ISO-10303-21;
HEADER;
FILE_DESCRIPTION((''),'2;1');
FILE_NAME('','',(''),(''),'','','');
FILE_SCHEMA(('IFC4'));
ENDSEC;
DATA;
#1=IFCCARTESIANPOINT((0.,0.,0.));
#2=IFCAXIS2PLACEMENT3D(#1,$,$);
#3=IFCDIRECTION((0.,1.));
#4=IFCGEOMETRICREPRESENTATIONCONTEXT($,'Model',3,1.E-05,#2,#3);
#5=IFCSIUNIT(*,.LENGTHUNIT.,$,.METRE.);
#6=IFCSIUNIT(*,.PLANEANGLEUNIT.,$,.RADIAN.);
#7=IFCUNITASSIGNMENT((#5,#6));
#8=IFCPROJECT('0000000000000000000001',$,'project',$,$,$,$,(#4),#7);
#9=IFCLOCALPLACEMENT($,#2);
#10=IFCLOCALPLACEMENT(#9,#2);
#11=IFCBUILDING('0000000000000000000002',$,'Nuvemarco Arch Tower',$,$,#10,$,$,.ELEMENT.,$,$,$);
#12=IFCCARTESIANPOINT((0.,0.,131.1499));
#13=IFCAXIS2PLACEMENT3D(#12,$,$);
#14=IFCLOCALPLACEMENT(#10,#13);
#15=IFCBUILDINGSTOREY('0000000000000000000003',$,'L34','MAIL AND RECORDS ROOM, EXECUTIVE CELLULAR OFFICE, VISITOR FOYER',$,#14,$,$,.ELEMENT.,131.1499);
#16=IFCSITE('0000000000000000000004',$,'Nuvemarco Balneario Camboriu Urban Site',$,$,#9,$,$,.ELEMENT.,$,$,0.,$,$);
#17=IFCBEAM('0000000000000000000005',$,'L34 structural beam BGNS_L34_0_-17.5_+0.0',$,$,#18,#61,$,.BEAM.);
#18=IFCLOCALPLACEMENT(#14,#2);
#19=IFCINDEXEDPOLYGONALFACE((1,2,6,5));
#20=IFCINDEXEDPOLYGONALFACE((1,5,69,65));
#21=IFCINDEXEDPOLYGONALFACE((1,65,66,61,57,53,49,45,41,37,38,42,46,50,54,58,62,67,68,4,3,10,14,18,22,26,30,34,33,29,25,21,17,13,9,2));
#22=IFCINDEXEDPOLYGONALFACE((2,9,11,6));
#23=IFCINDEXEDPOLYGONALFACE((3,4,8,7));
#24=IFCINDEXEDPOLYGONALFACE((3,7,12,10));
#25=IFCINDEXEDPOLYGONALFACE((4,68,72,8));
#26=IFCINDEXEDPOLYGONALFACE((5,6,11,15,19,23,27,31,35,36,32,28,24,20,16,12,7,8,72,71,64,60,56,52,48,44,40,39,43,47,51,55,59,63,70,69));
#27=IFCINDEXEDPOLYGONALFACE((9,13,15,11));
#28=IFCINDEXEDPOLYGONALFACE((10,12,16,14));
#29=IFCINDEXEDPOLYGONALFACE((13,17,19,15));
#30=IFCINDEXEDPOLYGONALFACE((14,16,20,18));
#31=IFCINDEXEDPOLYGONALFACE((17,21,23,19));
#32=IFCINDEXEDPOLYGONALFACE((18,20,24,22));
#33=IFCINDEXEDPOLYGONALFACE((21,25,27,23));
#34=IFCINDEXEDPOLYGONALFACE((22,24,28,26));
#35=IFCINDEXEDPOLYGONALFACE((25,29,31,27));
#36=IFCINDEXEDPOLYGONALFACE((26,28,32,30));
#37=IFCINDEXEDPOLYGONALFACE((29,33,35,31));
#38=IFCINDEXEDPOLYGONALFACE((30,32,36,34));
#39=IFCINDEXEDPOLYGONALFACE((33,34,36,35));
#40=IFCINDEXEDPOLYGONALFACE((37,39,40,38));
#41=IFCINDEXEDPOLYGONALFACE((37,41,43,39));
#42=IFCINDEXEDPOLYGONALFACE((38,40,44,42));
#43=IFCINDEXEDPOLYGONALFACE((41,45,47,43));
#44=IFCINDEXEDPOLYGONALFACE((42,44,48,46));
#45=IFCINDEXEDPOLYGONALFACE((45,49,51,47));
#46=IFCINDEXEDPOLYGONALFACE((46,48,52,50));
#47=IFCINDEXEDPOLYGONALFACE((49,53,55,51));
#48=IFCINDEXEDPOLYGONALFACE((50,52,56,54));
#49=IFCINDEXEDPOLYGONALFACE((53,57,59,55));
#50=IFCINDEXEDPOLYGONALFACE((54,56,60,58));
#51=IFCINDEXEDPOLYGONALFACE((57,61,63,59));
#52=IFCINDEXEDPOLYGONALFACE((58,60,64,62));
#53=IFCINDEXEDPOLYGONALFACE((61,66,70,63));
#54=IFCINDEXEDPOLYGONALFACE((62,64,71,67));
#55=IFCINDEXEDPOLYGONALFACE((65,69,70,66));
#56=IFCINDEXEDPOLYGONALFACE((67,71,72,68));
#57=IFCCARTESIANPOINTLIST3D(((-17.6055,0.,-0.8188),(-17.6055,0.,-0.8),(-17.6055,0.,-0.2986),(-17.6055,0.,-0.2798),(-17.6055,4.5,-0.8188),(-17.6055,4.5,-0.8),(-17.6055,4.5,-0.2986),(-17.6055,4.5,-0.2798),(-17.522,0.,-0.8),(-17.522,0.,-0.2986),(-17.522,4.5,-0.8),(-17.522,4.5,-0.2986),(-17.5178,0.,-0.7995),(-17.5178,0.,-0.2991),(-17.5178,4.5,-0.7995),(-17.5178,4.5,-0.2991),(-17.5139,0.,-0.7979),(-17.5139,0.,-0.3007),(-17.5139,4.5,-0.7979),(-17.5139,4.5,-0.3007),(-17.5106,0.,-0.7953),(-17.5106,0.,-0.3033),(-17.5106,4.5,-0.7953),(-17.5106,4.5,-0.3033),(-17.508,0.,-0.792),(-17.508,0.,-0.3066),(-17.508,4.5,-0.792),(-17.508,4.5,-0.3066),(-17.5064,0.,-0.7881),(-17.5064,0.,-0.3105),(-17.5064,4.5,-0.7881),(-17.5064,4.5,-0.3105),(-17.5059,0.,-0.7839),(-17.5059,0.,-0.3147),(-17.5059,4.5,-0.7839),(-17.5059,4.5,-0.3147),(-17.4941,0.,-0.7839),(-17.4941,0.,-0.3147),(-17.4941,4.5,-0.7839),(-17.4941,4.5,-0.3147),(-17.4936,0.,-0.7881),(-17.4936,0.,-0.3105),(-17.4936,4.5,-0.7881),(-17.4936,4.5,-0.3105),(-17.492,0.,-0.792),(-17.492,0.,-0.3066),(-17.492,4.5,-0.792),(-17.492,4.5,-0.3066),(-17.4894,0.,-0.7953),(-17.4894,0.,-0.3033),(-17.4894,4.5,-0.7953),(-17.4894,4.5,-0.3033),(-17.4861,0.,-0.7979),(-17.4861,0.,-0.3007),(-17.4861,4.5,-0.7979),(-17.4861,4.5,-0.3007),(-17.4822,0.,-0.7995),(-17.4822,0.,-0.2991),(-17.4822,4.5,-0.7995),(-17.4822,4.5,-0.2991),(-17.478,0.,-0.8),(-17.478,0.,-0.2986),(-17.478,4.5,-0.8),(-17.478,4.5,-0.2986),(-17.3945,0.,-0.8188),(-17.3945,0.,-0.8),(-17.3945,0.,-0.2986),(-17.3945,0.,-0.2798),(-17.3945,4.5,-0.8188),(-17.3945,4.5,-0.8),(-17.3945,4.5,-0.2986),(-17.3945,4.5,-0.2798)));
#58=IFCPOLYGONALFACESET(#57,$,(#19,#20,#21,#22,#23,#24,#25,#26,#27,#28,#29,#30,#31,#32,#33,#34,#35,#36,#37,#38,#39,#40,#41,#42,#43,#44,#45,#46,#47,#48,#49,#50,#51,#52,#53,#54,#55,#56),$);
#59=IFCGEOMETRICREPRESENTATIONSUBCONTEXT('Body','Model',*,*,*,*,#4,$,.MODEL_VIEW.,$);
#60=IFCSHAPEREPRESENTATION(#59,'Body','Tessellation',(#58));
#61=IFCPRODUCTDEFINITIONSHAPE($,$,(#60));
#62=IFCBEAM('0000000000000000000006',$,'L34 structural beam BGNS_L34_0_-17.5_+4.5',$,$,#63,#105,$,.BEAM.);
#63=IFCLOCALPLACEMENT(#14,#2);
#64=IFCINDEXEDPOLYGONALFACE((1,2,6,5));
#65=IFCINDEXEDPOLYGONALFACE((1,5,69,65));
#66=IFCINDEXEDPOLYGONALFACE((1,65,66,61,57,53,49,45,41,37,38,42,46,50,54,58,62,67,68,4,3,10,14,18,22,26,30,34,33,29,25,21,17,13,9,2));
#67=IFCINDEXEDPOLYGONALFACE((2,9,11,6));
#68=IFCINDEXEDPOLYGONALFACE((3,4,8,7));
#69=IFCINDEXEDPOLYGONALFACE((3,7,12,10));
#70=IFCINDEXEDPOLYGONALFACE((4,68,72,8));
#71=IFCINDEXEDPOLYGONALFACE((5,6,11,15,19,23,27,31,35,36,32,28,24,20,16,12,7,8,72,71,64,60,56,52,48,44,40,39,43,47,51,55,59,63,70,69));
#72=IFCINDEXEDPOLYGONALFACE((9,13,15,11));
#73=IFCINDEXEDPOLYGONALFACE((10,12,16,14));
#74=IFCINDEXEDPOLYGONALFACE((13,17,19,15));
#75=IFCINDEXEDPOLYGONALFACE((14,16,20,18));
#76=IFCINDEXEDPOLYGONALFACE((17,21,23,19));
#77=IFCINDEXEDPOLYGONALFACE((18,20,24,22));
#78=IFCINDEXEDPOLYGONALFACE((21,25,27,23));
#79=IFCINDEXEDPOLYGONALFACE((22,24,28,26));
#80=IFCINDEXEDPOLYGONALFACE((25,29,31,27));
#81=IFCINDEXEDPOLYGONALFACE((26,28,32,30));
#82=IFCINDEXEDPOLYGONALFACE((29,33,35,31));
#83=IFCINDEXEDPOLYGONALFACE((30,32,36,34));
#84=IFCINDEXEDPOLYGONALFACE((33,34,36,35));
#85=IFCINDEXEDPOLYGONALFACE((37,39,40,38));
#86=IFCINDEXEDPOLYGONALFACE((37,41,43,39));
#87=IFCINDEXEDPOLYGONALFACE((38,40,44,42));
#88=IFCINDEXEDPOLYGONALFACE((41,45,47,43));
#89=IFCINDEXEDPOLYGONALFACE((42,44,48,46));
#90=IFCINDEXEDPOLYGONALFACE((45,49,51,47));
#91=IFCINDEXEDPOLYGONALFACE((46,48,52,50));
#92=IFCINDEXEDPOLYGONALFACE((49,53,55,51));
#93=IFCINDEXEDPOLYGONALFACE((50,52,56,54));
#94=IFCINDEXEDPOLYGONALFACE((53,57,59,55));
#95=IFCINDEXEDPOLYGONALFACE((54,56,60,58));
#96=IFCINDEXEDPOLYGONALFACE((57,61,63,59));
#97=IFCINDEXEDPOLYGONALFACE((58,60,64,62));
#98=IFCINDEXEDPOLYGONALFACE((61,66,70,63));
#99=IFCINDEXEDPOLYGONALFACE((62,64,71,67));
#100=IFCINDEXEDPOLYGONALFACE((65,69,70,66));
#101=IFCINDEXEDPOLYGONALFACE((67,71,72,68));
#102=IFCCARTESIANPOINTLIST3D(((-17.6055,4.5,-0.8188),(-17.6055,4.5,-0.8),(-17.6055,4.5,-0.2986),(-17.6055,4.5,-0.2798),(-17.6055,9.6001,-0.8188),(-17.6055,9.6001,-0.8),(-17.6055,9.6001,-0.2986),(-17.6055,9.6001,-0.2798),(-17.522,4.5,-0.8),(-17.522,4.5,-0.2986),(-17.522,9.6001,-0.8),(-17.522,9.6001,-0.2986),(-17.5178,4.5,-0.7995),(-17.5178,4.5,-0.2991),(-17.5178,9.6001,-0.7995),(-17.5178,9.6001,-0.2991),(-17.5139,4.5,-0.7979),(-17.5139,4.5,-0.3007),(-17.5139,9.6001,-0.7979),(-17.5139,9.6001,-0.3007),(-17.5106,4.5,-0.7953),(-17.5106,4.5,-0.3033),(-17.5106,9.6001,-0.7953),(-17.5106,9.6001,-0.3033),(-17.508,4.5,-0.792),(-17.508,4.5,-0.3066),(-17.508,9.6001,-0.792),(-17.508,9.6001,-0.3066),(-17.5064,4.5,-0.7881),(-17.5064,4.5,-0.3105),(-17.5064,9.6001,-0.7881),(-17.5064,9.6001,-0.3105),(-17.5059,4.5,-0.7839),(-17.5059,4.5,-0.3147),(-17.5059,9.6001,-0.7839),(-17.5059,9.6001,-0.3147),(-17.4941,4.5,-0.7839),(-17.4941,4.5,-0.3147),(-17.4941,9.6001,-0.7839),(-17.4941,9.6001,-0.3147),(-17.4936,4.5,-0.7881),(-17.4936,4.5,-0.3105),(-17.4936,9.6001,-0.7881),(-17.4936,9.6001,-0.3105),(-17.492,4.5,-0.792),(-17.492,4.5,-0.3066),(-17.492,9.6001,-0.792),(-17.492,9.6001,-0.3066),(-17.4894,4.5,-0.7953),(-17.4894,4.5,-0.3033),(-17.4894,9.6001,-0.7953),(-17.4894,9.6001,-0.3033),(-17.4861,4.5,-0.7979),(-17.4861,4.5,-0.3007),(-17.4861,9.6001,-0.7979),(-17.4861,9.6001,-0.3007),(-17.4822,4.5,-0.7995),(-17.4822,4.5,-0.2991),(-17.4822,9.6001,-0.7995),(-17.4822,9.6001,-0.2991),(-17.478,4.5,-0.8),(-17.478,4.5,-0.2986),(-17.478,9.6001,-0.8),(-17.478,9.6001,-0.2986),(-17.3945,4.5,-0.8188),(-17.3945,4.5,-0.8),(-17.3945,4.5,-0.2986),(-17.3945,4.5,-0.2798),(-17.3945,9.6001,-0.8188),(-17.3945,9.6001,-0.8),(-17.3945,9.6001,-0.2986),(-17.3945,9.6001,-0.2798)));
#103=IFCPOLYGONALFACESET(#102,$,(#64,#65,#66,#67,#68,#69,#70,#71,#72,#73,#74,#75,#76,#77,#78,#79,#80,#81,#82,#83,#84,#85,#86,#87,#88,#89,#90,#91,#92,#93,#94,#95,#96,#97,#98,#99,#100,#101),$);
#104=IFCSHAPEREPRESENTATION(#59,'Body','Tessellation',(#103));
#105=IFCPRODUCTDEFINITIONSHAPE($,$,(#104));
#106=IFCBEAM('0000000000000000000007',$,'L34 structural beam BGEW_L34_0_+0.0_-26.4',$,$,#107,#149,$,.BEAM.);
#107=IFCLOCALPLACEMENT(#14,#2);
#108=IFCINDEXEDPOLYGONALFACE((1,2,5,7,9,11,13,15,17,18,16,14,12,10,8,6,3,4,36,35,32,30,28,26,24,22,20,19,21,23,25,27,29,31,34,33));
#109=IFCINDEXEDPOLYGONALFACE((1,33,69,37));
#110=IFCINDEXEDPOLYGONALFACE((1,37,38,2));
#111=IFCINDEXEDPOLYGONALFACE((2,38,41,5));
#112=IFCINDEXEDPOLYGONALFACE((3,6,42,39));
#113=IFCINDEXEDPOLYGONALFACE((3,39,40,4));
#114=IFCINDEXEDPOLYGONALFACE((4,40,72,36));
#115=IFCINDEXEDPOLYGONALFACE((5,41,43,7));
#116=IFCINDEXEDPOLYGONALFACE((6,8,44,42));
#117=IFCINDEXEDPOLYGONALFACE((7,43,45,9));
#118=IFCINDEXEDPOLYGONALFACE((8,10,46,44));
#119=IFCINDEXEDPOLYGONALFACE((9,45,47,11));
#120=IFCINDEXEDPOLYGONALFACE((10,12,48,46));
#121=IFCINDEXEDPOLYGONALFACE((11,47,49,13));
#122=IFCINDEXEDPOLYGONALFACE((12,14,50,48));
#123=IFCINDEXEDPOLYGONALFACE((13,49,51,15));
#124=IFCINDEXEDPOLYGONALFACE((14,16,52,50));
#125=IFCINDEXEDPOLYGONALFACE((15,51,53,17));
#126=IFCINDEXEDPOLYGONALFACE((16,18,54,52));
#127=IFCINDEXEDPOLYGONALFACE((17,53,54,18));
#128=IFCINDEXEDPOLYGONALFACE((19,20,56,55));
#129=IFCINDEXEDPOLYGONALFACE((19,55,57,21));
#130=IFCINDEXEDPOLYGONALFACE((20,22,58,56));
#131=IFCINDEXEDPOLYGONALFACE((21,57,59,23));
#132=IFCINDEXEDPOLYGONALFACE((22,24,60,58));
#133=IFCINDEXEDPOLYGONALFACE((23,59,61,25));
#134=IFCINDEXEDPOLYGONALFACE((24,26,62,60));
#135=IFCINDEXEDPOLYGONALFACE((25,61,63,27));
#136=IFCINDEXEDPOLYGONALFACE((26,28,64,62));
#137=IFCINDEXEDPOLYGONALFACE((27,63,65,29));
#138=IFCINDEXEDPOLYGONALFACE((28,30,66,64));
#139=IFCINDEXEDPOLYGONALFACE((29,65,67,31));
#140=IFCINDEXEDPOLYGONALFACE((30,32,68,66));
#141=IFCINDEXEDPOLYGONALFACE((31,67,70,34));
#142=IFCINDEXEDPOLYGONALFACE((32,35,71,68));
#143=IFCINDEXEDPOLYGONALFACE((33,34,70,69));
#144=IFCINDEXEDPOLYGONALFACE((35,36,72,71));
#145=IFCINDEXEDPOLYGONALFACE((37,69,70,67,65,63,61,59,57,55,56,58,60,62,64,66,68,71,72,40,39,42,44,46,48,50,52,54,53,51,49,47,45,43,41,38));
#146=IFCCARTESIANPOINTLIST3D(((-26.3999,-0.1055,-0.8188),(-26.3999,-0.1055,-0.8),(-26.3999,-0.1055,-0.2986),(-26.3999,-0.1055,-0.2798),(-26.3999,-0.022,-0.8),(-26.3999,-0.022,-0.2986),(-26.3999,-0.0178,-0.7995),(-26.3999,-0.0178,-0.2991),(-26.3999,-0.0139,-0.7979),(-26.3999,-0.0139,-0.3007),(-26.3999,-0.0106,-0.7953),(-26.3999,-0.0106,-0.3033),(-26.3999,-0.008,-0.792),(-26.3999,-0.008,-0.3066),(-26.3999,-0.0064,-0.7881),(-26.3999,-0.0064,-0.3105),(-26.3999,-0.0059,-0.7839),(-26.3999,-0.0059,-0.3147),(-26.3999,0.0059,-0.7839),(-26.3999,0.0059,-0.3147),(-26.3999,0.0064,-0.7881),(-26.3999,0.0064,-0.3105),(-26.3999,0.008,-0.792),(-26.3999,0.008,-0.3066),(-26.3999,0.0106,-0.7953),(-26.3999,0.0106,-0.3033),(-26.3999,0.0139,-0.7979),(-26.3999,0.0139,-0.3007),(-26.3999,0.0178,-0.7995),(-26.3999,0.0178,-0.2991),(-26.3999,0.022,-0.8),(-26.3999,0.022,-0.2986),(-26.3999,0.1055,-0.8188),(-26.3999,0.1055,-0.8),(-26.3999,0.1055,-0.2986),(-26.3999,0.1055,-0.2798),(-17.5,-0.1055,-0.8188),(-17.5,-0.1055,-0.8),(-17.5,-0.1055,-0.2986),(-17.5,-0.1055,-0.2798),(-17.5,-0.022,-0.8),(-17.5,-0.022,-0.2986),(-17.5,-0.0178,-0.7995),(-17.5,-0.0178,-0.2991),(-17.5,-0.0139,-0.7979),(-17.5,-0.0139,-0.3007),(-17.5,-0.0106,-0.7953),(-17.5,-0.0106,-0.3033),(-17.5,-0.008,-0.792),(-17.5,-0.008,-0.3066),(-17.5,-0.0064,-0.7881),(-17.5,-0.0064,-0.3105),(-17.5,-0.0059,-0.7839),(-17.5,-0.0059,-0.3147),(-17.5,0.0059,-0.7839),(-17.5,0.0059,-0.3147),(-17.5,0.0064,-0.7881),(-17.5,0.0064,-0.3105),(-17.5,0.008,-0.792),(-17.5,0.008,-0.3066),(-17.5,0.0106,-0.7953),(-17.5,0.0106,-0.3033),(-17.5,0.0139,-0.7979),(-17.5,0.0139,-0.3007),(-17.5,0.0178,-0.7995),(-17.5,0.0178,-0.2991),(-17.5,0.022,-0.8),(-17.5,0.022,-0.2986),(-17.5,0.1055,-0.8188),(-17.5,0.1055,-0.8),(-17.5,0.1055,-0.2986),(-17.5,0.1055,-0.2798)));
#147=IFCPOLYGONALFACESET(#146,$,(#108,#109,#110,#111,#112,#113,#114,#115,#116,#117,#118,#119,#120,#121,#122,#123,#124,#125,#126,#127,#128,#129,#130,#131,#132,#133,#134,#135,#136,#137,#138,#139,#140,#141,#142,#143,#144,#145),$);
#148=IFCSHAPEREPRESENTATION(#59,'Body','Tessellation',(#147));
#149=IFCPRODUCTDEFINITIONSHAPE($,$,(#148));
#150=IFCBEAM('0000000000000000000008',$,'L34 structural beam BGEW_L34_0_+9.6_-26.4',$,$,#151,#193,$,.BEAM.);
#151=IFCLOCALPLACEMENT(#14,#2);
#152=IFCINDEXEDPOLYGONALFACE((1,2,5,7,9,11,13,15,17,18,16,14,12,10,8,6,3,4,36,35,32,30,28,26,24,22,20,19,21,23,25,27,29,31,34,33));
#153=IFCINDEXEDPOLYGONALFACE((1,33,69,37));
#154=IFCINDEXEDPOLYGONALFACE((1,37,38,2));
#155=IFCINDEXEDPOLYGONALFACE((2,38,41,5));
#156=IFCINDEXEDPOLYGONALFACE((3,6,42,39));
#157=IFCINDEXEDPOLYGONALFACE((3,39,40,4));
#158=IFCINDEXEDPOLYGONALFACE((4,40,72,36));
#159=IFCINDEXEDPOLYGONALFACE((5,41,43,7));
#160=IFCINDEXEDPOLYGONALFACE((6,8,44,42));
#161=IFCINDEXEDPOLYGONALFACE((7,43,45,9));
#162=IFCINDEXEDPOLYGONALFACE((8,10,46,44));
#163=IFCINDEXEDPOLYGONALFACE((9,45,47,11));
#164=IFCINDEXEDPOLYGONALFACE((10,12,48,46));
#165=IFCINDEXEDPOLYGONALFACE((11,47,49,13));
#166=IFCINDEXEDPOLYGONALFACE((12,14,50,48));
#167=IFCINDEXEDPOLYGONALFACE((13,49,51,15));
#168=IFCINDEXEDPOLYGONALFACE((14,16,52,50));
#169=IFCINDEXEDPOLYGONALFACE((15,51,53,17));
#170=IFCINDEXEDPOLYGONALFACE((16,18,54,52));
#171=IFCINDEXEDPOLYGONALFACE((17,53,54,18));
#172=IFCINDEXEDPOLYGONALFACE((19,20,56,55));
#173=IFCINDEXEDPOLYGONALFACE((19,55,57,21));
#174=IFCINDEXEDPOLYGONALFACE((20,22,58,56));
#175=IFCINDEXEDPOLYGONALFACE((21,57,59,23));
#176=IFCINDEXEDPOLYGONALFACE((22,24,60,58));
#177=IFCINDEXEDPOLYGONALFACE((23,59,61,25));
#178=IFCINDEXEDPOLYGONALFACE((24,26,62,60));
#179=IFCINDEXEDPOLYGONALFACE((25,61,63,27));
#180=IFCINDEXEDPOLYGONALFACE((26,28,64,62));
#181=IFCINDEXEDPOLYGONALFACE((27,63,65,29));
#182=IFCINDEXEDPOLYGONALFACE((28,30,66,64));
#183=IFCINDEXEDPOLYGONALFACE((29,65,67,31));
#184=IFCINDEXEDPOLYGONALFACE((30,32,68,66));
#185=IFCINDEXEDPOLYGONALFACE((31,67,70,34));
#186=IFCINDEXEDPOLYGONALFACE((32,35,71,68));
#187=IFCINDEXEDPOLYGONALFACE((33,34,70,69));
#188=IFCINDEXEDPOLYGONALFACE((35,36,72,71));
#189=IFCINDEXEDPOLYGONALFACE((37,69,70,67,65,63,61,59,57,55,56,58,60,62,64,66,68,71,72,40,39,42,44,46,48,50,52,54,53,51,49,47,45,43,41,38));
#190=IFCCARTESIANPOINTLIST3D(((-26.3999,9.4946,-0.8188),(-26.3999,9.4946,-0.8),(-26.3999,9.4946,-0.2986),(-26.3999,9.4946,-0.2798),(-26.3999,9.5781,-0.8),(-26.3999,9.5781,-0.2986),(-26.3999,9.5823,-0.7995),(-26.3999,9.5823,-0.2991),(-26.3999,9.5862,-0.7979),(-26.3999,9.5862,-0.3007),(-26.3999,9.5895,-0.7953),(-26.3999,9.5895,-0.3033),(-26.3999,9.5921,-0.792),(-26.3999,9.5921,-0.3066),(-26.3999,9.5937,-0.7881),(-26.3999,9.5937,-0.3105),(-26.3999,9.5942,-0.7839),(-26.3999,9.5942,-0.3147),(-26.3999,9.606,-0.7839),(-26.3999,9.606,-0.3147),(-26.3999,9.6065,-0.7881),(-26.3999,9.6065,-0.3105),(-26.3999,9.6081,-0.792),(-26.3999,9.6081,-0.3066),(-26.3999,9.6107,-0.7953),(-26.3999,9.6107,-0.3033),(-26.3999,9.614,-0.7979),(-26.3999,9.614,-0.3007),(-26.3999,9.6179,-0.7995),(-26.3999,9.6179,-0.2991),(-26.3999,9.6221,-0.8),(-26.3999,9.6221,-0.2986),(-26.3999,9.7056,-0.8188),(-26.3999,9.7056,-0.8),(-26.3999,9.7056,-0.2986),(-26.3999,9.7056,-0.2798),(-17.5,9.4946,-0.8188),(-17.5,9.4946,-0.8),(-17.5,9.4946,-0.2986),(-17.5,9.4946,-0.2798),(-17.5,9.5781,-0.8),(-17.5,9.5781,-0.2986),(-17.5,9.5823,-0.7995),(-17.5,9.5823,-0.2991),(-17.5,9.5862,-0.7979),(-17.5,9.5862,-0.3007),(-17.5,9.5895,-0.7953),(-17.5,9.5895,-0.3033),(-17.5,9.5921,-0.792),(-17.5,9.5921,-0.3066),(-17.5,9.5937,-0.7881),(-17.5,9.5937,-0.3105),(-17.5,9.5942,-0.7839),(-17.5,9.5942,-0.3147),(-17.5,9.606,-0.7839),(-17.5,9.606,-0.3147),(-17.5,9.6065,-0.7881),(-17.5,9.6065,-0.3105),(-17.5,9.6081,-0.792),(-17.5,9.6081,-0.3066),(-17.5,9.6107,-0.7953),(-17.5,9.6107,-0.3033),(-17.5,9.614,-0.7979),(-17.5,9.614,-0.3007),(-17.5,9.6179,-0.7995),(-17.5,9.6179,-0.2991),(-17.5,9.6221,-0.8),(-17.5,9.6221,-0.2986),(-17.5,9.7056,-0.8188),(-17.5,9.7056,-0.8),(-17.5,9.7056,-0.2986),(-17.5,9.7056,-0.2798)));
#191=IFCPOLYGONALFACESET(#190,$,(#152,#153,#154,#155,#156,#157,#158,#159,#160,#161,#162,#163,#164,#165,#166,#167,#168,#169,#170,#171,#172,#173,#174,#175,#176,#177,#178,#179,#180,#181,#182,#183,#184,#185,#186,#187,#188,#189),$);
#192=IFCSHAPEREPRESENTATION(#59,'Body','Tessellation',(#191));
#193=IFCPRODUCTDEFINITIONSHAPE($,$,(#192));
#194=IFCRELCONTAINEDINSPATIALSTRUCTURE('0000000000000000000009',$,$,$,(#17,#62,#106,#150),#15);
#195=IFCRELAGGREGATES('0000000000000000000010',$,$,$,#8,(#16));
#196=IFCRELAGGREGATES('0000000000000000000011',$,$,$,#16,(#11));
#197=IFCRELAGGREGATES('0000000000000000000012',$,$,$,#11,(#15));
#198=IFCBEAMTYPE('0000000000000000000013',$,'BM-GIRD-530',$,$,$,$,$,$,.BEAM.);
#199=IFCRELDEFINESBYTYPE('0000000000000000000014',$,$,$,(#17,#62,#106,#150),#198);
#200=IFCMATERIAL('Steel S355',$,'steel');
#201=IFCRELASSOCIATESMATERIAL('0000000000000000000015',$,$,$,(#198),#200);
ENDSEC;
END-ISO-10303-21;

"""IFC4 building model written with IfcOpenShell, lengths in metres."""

from ifc_helpers import new_model, si_unit, direction, frame, origin, origin_2d, place, context, subcontext, project, spatial, i_section, extrude, material, material_profile, profile_set, type_object, element, save


model = new_model("IFC4")

# Units and contexts
model_context = context("Model", 3, precision=1e-05, world=origin(), true_north=direction((0.0, 1.0)))
body_context = subcontext(model_context, "Body", "Model", "MODEL_VIEW")
ifc_project = project(units=[si_unit("LENGTHUNIT", "METRE"), si_unit("PLANEANGLEUNIT", "RADIAN")], contexts=[model_context])

# Site, building, storey
site_placement = place(None, origin())
site = spatial("IfcSite", under=ifc_project, at=site_placement, Name="Nuvemarco Balneario Camboriu Urban Site", CompositionType="ELEMENT", RefElevation=0.0)
building_placement = place(site_placement, origin())
building = spatial("IfcBuilding", under=site, at=building_placement, Name="Nuvemarco Arch Tower", CompositionType="ELEMENT")
storey_placement = place(building_placement, frame((0.0, 0.0, 131.1499)))
storey = spatial("IfcBuildingStorey", under=building, at=storey_placement, Name="L34", Description="MAIL AND RECORDS ROOM, EXECUTIVE CELLULAR OFFICE, VISITOR FOYER", CompositionType="ELEMENT", Elevation=131.1499)

# Shared definitions
ifc_material_1 = material(Name="Steel S355", Category="steel")

# Beams
ifc_material_profile_1 = material_profile(ifc_material_1, i_section(OverallWidth=0.2109, OverallDepth=0.5391, WebThickness=0.0117, FlangeThickness=0.0188, FilletRadius=0.0161, at=origin_2d()), Name="W530x109")
ifc_profile_set_1 = profile_set([ifc_material_profile_1], Name="Steel S355")
beam_type_1 = type_object("IfcBeamType", Name="BM-GIRD-530", PredefinedType="BEAM", material=ifc_profile_set_1)
beam_1_placement = place(storey_placement, frame((-17.5, 0.0, -0.5493), z_axis=(0.0, 1.0, 0.0), x_axis=(-1.0, 0.0, 0.0)))
element("IfcBeam", 1, at=beam_1_placement, inside=storey, type_object=beam_type_1, Name="L34 structural beam BGNS_L34_0_-17.5_+0.0", PredefinedType="BEAM", context=body_context, shape_type="SweptSolid", body=[
    extrude(i_section(OverallWidth=0.2109, OverallDepth=0.5391, WebThickness=0.0117, FlangeThickness=0.0188, FilletRadius=0.0161, at=origin_2d()), origin(), (0.0, 0.0, 1.0), 4.5),
])
beam_2_placement = place(storey_placement, frame((-17.5, 4.5, -0.5493), z_axis=(0.0, 1.0, 0.0), x_axis=(-1.0, 0.0, 0.0)))
element("IfcBeam", 2, at=beam_2_placement, inside=storey, type_object=beam_type_1, Name="L34 structural beam BGNS_L34_0_-17.5_+4.5", PredefinedType="BEAM", context=body_context, shape_type="SweptSolid", body=[
    extrude(i_section(OverallWidth=0.2109, OverallDepth=0.5391, WebThickness=0.0117, FlangeThickness=0.0188, FilletRadius=0.0161, at=origin_2d()), origin(), (0.0, 0.0, 1.0), 5.1001),
])
for number, where, z_axis, x_axis, name in (
    (3, (-26.3999, 0.0, -0.5493), (1.0, 0.0, 0.0), (0.0, 1.0, 0.0), "L34 structural beam BGEW_L34_0_+0.0_-26.4"),
    (4, (-26.3999, 9.6001, -0.5493), (1.0, 0.0, 0.0), (0.0, 1.0, 0.0), "L34 structural beam BGEW_L34_0_+9.6_-26.4"),
):
    element("IfcBeam", number, at=place(storey_placement, frame(where, z_axis=z_axis, x_axis=x_axis)), inside=storey, type_object=beam_type_1, Name=name, PredefinedType="BEAM", context=body_context, shape_type="SweptSolid", body=[
        extrude(i_section(OverallWidth=0.2109, OverallDepth=0.5391, WebThickness=0.0117, FlangeThickness=0.0188, FilletRadius=0.0161, at=origin_2d()), origin(), (0.0, 0.0, 1.0), 8.8999),
    ])

save(model, "model.ifc")
